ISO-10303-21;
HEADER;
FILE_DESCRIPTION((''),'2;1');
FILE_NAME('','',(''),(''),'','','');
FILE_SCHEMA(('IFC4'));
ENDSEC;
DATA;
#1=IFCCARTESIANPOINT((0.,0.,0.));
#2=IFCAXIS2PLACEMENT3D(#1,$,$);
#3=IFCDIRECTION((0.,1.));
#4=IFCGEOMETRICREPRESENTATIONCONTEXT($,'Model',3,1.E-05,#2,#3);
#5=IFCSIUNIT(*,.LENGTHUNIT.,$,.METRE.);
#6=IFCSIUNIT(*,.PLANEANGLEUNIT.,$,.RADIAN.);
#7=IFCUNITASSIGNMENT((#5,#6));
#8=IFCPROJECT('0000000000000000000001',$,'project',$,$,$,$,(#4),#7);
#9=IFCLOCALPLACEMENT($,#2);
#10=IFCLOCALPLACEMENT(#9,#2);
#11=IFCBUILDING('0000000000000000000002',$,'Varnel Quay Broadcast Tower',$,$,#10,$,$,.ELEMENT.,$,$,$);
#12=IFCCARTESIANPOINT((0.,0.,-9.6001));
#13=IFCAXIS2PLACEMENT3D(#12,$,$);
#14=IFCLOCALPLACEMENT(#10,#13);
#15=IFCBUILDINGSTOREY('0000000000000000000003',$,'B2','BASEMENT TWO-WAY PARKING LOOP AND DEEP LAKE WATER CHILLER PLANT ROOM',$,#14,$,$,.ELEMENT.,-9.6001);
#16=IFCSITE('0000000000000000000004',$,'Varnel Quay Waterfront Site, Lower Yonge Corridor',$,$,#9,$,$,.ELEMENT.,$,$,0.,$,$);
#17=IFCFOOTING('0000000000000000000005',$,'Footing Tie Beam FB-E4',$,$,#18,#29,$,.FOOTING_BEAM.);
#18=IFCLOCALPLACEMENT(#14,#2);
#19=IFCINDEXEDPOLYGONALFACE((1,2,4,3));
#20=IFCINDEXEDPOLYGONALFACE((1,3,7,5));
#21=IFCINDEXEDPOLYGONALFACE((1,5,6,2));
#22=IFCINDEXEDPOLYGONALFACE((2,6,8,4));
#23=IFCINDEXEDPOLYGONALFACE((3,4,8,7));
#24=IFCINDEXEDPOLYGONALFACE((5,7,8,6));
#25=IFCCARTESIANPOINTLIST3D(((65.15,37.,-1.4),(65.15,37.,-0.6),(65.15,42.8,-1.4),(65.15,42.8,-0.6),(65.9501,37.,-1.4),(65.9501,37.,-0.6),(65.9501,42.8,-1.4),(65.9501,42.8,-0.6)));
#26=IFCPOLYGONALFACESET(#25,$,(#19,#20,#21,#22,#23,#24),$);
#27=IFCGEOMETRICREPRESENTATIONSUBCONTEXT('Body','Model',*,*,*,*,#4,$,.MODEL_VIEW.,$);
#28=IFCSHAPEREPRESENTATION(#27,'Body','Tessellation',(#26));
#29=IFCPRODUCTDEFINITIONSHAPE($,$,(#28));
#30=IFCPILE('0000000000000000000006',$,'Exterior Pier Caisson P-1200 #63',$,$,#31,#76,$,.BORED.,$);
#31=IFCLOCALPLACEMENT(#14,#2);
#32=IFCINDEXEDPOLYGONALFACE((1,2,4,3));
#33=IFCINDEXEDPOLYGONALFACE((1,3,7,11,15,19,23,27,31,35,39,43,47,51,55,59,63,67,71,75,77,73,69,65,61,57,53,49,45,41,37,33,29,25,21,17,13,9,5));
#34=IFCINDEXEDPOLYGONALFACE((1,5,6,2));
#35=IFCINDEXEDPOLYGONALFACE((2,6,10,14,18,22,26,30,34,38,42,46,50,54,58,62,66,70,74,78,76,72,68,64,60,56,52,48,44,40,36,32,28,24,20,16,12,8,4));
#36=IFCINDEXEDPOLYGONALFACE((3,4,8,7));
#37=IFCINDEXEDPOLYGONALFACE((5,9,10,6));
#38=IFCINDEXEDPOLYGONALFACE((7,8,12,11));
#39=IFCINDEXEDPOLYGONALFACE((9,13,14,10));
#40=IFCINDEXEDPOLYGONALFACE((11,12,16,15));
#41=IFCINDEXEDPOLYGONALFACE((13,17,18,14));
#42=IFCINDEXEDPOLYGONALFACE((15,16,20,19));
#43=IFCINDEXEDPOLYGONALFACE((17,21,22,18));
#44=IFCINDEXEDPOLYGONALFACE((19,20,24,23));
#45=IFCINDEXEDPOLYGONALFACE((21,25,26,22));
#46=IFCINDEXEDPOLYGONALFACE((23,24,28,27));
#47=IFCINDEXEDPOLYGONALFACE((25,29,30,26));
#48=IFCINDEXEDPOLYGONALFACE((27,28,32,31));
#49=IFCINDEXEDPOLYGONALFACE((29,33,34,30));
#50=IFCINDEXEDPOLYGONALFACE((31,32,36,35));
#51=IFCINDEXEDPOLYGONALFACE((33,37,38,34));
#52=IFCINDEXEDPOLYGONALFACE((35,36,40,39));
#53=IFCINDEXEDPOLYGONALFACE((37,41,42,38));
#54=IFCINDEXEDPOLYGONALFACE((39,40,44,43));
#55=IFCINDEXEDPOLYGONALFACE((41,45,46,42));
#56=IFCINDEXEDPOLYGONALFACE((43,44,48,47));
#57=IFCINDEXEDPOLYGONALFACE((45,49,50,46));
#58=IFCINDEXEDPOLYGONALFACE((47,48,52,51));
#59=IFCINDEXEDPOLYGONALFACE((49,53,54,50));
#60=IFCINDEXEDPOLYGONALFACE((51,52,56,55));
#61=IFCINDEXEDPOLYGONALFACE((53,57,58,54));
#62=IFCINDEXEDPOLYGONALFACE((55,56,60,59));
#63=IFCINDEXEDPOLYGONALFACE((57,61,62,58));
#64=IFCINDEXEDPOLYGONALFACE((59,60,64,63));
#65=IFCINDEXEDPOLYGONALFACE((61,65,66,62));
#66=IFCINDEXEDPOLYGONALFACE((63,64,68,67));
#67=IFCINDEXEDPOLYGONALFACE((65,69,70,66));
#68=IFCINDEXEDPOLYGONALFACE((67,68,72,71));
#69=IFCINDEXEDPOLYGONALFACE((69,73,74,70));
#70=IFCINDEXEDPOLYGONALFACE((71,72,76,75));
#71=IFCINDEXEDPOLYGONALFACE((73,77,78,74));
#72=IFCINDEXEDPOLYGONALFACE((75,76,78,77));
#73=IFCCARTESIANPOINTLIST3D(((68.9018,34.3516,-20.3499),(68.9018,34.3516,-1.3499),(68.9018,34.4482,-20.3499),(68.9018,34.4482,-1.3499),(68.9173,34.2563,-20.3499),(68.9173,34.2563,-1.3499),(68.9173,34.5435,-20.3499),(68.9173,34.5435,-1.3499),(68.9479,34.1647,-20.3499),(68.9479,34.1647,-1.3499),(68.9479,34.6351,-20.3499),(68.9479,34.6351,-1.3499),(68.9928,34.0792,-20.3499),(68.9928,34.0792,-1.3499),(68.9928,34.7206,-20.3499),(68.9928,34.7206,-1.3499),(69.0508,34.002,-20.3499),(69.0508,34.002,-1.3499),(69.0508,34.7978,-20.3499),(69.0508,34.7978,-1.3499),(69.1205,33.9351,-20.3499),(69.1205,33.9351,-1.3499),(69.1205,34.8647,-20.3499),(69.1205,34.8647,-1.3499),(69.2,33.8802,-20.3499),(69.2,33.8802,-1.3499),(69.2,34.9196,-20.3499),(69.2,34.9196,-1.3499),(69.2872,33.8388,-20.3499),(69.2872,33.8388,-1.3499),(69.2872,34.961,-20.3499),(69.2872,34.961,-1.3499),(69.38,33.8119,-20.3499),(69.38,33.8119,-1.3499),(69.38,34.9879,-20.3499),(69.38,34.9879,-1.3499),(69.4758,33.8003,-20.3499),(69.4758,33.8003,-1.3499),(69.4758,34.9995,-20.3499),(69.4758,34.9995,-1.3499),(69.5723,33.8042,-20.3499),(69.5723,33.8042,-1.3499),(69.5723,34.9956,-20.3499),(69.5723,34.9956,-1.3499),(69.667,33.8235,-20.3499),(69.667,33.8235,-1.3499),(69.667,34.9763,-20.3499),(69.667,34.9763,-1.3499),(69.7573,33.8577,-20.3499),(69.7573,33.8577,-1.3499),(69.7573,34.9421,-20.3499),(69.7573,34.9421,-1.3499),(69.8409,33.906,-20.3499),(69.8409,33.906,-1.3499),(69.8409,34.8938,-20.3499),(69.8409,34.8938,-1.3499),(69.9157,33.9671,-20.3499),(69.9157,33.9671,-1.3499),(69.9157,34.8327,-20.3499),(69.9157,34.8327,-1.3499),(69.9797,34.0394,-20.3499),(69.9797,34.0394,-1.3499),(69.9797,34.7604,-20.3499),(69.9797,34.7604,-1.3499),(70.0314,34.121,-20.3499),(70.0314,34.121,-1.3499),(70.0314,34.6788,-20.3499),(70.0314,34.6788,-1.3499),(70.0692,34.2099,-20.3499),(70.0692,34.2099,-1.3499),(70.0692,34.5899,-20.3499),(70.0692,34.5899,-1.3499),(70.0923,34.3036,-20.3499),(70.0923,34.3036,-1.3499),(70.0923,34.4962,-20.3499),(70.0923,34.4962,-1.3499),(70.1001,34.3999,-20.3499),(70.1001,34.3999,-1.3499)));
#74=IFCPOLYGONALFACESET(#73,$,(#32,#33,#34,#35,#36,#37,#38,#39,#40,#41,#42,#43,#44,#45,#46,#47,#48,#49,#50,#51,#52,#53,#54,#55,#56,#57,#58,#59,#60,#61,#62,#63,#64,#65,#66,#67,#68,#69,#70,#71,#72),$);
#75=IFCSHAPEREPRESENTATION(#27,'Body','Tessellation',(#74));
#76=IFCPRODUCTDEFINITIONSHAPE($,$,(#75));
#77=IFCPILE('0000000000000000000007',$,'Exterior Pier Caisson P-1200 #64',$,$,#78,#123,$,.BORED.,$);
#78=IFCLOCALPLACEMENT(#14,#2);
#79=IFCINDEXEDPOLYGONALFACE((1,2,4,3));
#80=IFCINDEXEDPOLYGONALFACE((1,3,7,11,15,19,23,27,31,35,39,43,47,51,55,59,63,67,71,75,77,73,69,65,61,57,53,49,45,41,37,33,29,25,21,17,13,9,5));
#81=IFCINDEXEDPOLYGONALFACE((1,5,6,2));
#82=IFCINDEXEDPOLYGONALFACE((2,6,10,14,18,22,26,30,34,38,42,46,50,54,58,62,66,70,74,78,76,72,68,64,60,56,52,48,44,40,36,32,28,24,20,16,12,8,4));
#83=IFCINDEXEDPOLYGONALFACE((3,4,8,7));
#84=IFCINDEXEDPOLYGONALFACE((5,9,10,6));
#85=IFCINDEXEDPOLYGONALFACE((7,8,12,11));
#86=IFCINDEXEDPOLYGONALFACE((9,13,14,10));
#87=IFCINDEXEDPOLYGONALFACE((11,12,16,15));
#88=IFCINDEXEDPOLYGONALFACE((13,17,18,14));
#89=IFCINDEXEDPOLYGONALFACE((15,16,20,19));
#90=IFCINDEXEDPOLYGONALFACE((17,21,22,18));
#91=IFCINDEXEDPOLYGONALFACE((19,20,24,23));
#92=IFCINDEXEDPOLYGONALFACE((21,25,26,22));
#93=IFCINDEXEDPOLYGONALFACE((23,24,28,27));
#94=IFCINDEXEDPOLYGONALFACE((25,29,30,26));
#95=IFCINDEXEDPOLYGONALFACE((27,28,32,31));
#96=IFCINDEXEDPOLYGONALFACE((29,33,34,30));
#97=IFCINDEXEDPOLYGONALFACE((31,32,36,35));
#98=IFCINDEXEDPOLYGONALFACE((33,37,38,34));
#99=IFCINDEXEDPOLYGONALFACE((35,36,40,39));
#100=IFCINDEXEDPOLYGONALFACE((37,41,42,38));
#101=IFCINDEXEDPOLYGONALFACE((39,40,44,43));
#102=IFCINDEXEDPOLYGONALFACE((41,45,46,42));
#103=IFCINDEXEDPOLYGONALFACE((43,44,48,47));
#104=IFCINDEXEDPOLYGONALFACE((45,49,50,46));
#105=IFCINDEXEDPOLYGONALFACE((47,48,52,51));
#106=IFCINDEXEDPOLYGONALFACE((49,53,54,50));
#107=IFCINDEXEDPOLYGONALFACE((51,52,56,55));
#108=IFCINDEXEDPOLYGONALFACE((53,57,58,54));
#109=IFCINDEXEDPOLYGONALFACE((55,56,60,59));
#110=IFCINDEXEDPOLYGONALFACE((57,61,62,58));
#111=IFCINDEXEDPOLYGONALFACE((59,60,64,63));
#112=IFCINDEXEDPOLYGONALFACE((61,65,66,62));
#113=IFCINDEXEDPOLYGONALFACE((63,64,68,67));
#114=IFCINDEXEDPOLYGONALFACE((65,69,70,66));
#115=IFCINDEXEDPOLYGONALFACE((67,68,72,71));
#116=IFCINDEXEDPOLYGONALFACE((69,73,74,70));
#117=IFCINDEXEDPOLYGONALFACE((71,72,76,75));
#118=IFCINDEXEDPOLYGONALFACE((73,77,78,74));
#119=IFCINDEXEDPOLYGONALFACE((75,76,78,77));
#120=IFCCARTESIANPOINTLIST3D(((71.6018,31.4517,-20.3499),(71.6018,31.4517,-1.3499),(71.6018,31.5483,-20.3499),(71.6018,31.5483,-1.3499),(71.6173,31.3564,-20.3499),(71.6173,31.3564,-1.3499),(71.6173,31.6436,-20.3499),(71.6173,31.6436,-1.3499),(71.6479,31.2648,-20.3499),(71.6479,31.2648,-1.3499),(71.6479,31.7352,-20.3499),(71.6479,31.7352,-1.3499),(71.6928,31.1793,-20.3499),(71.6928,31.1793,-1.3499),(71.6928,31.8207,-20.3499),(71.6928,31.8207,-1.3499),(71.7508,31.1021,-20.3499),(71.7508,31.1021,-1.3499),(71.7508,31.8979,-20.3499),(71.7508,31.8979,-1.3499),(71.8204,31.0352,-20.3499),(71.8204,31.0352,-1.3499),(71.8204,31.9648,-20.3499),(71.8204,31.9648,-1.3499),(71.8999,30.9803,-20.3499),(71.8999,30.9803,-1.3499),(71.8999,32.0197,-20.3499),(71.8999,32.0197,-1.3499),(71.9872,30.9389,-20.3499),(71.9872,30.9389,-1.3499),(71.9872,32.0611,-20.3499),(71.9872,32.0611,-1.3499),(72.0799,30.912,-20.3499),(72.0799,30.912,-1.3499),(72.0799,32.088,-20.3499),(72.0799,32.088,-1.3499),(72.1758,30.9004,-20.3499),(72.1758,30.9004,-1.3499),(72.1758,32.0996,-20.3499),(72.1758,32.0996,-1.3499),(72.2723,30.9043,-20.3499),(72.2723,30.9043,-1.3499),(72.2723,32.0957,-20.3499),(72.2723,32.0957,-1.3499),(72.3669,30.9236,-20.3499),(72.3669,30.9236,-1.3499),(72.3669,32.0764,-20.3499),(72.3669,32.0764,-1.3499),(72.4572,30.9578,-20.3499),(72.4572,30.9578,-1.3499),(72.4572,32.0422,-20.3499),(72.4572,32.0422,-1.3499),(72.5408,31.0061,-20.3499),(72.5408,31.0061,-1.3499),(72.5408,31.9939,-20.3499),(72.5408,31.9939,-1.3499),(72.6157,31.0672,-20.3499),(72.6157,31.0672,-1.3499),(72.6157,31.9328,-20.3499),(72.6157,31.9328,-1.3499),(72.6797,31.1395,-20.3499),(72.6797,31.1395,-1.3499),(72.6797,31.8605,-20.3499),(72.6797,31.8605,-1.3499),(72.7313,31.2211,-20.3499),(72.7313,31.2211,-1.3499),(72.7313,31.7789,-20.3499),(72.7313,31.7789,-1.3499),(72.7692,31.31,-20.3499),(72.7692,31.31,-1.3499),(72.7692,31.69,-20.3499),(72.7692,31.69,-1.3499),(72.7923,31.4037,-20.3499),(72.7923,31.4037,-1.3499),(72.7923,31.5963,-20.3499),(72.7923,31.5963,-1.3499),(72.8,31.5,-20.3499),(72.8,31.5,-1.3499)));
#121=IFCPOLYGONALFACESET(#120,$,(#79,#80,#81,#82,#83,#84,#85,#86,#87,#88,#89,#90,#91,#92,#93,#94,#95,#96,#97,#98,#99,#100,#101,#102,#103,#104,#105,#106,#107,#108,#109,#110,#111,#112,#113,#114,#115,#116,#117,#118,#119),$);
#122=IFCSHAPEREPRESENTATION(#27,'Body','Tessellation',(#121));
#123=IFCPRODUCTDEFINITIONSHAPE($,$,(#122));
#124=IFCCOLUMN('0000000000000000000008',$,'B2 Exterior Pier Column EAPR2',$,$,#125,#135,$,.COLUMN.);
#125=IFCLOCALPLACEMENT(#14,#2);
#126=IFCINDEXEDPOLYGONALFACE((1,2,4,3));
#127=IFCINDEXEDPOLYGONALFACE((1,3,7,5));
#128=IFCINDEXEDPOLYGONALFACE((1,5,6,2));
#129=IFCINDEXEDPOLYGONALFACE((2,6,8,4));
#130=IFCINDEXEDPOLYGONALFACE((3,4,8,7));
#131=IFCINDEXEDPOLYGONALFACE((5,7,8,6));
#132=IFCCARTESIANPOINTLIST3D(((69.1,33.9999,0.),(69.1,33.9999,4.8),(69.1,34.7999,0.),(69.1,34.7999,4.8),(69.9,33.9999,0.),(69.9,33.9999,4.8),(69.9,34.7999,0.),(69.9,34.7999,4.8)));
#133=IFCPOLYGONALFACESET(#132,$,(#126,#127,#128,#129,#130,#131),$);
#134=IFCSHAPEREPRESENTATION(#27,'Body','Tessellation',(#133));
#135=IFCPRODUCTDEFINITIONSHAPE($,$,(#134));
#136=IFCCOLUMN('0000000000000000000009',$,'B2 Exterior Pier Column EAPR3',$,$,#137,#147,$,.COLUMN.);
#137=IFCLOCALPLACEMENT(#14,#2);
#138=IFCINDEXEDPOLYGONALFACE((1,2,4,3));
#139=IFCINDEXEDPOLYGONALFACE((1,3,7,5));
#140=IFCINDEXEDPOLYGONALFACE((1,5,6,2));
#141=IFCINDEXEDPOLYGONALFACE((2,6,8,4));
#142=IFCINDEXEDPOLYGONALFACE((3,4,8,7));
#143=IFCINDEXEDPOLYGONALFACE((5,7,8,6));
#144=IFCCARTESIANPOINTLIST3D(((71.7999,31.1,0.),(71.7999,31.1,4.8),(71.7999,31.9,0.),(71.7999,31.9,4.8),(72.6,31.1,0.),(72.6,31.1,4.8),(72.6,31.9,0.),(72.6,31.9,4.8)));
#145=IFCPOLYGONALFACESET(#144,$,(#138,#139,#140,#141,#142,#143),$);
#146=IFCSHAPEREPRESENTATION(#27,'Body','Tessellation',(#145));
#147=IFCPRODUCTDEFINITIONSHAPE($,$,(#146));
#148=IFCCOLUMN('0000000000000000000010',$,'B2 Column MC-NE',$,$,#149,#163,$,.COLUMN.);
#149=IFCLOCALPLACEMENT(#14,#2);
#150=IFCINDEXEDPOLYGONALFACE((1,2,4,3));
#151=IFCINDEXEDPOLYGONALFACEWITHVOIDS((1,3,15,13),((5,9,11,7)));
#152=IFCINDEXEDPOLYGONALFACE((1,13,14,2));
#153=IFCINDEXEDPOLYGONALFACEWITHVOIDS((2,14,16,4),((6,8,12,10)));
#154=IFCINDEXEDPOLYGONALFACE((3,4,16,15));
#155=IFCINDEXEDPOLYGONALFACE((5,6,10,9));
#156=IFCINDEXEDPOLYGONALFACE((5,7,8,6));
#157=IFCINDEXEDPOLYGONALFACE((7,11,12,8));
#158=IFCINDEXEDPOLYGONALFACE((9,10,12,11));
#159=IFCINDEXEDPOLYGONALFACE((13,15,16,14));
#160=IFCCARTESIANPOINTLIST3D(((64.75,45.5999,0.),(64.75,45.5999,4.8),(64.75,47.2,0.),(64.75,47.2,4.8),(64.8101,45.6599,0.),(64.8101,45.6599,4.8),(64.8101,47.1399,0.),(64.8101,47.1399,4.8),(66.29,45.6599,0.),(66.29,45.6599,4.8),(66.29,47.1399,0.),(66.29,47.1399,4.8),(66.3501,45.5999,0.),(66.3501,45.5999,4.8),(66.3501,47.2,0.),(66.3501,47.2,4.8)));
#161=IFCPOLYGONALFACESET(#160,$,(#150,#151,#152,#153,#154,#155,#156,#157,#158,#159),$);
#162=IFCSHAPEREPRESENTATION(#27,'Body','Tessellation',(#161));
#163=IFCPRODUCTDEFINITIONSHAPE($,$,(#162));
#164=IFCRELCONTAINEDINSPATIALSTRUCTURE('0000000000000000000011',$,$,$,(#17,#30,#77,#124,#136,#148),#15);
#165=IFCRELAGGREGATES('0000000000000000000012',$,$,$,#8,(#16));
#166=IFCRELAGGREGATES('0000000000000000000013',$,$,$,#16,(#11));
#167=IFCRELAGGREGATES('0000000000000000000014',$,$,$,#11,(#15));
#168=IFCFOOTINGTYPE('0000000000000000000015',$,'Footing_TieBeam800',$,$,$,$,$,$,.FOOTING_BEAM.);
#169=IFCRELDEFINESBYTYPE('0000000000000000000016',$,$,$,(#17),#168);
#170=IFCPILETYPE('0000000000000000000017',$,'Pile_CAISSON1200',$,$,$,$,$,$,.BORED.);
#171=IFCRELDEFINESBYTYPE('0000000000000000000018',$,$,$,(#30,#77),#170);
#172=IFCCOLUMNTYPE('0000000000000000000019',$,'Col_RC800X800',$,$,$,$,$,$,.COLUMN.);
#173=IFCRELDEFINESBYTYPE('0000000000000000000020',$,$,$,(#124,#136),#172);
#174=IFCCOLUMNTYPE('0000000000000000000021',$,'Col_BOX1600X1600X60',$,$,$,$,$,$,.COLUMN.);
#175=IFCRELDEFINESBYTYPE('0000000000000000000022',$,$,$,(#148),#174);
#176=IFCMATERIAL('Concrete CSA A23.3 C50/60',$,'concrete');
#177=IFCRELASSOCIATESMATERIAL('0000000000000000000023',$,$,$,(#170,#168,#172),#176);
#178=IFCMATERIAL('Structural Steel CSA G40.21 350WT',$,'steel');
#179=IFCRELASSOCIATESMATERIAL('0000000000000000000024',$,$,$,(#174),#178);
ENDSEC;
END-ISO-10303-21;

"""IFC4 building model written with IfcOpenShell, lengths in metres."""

from ifc_helpers import new_model, si_unit, direction, frame, origin, origin_2d, place, context, subcontext, project, spatial, rectangle, hollow_rectangle, circle, extrude, source, transform, mapped, material, material_profile, profile_set, type_object, type_shapes, element, save


model = new_model("IFC4")

# Units and contexts
model_context = context("Model", 3, precision=1e-05, world=origin(), true_north=direction((0.0, 1.0)))
body_context = subcontext(model_context, "Body", "Model", "MODEL_VIEW")
ifc_project = project(units=[si_unit("LENGTHUNIT", "METRE"), si_unit("PLANEANGLEUNIT", "RADIAN")], contexts=[model_context])

# Site, building, storey
site_placement = place(None, origin())
site = spatial("IfcSite", under=ifc_project, at=site_placement, Name="Varnel Quay Waterfront Site, Lower Yonge Corridor", CompositionType="ELEMENT", RefElevation=0.0)
building_placement = place(site_placement, origin())
building = spatial("IfcBuilding", under=site, at=building_placement, Name="Varnel Quay Broadcast Tower", CompositionType="ELEMENT")
storey_placement = place(building_placement, frame((0.0, 0.0, -9.6001)))
storey = spatial("IfcBuildingStorey", under=building, at=storey_placement, Name="B2", Description="BASEMENT TWO-WAY PARKING LOOP AND DEEP LAKE WATER CHILLER PLANT ROOM", CompositionType="ELEMENT", Elevation=-9.6001)

# Shared definitions
ifc_material_1 = material(Name="Concrete CSA A23.3 C50/60", Category="concrete")
ifc_material_profile_1 = material_profile(ifc_material_1, circle(Radius=0.6001, at=origin_2d()), Name="CAISSON1200")
ifc_profile_set_1 = profile_set([ifc_material_profile_1], Name="Concrete CSA A23.3 C50/60")
pile_type = type_object("IfcPileType", Name="Pile_CAISSON1200", PredefinedType="BORED", material=ifc_profile_set_1)

# Footing
ifc_material_profile_2 = material_profile(ifc_material_1, rectangle(XDim=0.8, YDim=0.8, at=origin_2d()), Name="RC800X800")
ifc_profile_set_2 = profile_set([ifc_material_profile_2], Name="Concrete CSA A23.3 C50/60")
footing_type = type_object("IfcFootingType", Name="Footing_TieBeam800", PredefinedType="FOOTING_BEAM", material=ifc_profile_set_2)
shared_shape_1 = source(origin(), body_context, "Body", "SweptSolid", [
    extrude(rectangle(XDim=0.8, YDim=0.8, at=origin_2d()), origin(), (0.0, 0.0, 1.0), 5.8),
])
type_shapes(footing_type, [shared_shape_1])
footing_placement = place(storey_placement, frame((65.55, 37.0, -1.0), z_axis=(0.0, 1.0, 0.0), x_axis=(-1.0, 0.0, 0.0)))
element("IfcFooting", 1, at=footing_placement, inside=storey, type_object=footing_type, Name="Footing Tie Beam FB-E4", PredefinedType="FOOTING_BEAM", context=body_context, shape_type="MappedRepresentation", body=[
    mapped(shared_shape_1, transform((0.0, 0.0, 0.0), x_axis=(1.0, 0.0, 0.0), y_axis=(0.0, 1.0, 0.0), z_axis=(0.0, 0.0, 1.0), scale=1.0)),
])

# Piles
shared_shape_2 = source(origin(), body_context, "Body", "SweptSolid", [
    extrude(circle(Radius=0.6001, at=origin_2d()), origin(), (0.0, 0.0, 1.0), 19.0),
])
for number, where, z_axis, x_axis, name in (
    (2, (69.5, 34.3999, -1.3499), (0.0, 0.0, -1.0), (1.0, 0.0, 0.0), "Exterior Pier Caisson P-1200 #63"),
    (3, (72.2, 31.5, -1.3499), (0.0, 0.0, -1.0), (1.0, 0.0, 0.0), "Exterior Pier Caisson P-1200 #64"),
):
    element("IfcPile", number, at=place(storey_placement, frame(where, z_axis=z_axis, x_axis=x_axis)), inside=storey, type_object=pile_type, Name=name, PredefinedType="BORED", context=body_context, shape_type="MappedRepresentation", body=[
        mapped(shared_shape_2, transform((0.0, 0.0, 0.0), x_axis=(1.0, 0.0, 0.0), y_axis=(0.0, 1.0, 0.0), z_axis=(0.0, 0.0, 1.0), scale=1.0)),
    ])

# Columns
ifc_material_profile_3 = material_profile(ifc_material_1, rectangle(XDim=0.8, YDim=0.8, at=origin_2d()), Name="RC800X800")
ifc_profile_set_3 = profile_set([ifc_material_profile_3], Name="Concrete CSA A23.3 C50/60")
column_type_1 = type_object("IfcColumnType", Name="Col_RC800X800", PredefinedType="COLUMN", material=ifc_profile_set_3)
shared_shape_3 = source(origin(), body_context, "Body", "SweptSolid", [
    extrude(rectangle(XDim=0.8, YDim=0.8, at=origin_2d()), origin(), (0.0, 0.0, 1.0), 4.8),
])
type_shapes(column_type_1, [shared_shape_3])
for number, where, z_axis, x_axis, name in (
    (4, (69.5, 34.3999, 0.0), (0.0, 0.0, 1.0), (1.0, 0.0, 0.0), "B2 Exterior Pier Column EAPR2"),
    (5, (72.2, 31.5, 0.0), (0.0, 0.0, 1.0), (1.0, 0.0, 0.0), "B2 Exterior Pier Column EAPR3"),
):
    element("IfcColumn", number, at=place(storey_placement, frame(where, z_axis=z_axis, x_axis=x_axis)), inside=storey, type_object=column_type_1, Name=name, PredefinedType="COLUMN", context=body_context, shape_type="MappedRepresentation", body=[
        mapped(shared_shape_3, transform((0.0, 0.0, 0.0), x_axis=(1.0, 0.0, 0.0), y_axis=(0.0, 1.0, 0.0), z_axis=(0.0, 0.0, 1.0), scale=1.0)),
    ])
ifc_material_2 = material(Name="Structural Steel CSA G40.21 350WT", Category="steel")
ifc_material_profile_4 = material_profile(ifc_material_2, hollow_rectangle(XDim=1.6001, YDim=1.6001, WallThickness=0.0601, at=origin_2d()), Name="BOX1600X1600X60")
ifc_profile_set_4 = profile_set([ifc_material_profile_4], Name="Structural Steel CSA G40.21 350WT")
column_type_2 = type_object("IfcColumnType", Name="Col_BOX1600X1600X60", PredefinedType="COLUMN", material=ifc_profile_set_4)
shared_shape_4 = source(origin(), body_context, "Body", "SweptSolid", [
    extrude(hollow_rectangle(XDim=1.6001, YDim=1.6001, WallThickness=0.0601, at=origin_2d()), origin(), (0.0, 0.0, 1.0), 4.8),
])
type_shapes(column_type_2, [shared_shape_4])
column_1_placement = place(storey_placement, frame((65.55, 46.3999, 0.0), z_axis=(0.0, 0.0, 1.0), x_axis=(1.0, 0.0, 0.0)))
element("IfcColumn", 6, at=column_1_placement, inside=storey, type_object=column_type_2, Name="B2 Column MC-NE", PredefinedType="COLUMN", context=body_context, shape_type="MappedRepresentation", body=[
    mapped(shared_shape_4, transform((0.0, 0.0, 0.0), x_axis=(1.0, 0.0, 0.0), y_axis=(0.0, 1.0, 0.0), z_axis=(0.0, 0.0, 1.0), scale=1.0)),
])

save(model, "model.ifc")
